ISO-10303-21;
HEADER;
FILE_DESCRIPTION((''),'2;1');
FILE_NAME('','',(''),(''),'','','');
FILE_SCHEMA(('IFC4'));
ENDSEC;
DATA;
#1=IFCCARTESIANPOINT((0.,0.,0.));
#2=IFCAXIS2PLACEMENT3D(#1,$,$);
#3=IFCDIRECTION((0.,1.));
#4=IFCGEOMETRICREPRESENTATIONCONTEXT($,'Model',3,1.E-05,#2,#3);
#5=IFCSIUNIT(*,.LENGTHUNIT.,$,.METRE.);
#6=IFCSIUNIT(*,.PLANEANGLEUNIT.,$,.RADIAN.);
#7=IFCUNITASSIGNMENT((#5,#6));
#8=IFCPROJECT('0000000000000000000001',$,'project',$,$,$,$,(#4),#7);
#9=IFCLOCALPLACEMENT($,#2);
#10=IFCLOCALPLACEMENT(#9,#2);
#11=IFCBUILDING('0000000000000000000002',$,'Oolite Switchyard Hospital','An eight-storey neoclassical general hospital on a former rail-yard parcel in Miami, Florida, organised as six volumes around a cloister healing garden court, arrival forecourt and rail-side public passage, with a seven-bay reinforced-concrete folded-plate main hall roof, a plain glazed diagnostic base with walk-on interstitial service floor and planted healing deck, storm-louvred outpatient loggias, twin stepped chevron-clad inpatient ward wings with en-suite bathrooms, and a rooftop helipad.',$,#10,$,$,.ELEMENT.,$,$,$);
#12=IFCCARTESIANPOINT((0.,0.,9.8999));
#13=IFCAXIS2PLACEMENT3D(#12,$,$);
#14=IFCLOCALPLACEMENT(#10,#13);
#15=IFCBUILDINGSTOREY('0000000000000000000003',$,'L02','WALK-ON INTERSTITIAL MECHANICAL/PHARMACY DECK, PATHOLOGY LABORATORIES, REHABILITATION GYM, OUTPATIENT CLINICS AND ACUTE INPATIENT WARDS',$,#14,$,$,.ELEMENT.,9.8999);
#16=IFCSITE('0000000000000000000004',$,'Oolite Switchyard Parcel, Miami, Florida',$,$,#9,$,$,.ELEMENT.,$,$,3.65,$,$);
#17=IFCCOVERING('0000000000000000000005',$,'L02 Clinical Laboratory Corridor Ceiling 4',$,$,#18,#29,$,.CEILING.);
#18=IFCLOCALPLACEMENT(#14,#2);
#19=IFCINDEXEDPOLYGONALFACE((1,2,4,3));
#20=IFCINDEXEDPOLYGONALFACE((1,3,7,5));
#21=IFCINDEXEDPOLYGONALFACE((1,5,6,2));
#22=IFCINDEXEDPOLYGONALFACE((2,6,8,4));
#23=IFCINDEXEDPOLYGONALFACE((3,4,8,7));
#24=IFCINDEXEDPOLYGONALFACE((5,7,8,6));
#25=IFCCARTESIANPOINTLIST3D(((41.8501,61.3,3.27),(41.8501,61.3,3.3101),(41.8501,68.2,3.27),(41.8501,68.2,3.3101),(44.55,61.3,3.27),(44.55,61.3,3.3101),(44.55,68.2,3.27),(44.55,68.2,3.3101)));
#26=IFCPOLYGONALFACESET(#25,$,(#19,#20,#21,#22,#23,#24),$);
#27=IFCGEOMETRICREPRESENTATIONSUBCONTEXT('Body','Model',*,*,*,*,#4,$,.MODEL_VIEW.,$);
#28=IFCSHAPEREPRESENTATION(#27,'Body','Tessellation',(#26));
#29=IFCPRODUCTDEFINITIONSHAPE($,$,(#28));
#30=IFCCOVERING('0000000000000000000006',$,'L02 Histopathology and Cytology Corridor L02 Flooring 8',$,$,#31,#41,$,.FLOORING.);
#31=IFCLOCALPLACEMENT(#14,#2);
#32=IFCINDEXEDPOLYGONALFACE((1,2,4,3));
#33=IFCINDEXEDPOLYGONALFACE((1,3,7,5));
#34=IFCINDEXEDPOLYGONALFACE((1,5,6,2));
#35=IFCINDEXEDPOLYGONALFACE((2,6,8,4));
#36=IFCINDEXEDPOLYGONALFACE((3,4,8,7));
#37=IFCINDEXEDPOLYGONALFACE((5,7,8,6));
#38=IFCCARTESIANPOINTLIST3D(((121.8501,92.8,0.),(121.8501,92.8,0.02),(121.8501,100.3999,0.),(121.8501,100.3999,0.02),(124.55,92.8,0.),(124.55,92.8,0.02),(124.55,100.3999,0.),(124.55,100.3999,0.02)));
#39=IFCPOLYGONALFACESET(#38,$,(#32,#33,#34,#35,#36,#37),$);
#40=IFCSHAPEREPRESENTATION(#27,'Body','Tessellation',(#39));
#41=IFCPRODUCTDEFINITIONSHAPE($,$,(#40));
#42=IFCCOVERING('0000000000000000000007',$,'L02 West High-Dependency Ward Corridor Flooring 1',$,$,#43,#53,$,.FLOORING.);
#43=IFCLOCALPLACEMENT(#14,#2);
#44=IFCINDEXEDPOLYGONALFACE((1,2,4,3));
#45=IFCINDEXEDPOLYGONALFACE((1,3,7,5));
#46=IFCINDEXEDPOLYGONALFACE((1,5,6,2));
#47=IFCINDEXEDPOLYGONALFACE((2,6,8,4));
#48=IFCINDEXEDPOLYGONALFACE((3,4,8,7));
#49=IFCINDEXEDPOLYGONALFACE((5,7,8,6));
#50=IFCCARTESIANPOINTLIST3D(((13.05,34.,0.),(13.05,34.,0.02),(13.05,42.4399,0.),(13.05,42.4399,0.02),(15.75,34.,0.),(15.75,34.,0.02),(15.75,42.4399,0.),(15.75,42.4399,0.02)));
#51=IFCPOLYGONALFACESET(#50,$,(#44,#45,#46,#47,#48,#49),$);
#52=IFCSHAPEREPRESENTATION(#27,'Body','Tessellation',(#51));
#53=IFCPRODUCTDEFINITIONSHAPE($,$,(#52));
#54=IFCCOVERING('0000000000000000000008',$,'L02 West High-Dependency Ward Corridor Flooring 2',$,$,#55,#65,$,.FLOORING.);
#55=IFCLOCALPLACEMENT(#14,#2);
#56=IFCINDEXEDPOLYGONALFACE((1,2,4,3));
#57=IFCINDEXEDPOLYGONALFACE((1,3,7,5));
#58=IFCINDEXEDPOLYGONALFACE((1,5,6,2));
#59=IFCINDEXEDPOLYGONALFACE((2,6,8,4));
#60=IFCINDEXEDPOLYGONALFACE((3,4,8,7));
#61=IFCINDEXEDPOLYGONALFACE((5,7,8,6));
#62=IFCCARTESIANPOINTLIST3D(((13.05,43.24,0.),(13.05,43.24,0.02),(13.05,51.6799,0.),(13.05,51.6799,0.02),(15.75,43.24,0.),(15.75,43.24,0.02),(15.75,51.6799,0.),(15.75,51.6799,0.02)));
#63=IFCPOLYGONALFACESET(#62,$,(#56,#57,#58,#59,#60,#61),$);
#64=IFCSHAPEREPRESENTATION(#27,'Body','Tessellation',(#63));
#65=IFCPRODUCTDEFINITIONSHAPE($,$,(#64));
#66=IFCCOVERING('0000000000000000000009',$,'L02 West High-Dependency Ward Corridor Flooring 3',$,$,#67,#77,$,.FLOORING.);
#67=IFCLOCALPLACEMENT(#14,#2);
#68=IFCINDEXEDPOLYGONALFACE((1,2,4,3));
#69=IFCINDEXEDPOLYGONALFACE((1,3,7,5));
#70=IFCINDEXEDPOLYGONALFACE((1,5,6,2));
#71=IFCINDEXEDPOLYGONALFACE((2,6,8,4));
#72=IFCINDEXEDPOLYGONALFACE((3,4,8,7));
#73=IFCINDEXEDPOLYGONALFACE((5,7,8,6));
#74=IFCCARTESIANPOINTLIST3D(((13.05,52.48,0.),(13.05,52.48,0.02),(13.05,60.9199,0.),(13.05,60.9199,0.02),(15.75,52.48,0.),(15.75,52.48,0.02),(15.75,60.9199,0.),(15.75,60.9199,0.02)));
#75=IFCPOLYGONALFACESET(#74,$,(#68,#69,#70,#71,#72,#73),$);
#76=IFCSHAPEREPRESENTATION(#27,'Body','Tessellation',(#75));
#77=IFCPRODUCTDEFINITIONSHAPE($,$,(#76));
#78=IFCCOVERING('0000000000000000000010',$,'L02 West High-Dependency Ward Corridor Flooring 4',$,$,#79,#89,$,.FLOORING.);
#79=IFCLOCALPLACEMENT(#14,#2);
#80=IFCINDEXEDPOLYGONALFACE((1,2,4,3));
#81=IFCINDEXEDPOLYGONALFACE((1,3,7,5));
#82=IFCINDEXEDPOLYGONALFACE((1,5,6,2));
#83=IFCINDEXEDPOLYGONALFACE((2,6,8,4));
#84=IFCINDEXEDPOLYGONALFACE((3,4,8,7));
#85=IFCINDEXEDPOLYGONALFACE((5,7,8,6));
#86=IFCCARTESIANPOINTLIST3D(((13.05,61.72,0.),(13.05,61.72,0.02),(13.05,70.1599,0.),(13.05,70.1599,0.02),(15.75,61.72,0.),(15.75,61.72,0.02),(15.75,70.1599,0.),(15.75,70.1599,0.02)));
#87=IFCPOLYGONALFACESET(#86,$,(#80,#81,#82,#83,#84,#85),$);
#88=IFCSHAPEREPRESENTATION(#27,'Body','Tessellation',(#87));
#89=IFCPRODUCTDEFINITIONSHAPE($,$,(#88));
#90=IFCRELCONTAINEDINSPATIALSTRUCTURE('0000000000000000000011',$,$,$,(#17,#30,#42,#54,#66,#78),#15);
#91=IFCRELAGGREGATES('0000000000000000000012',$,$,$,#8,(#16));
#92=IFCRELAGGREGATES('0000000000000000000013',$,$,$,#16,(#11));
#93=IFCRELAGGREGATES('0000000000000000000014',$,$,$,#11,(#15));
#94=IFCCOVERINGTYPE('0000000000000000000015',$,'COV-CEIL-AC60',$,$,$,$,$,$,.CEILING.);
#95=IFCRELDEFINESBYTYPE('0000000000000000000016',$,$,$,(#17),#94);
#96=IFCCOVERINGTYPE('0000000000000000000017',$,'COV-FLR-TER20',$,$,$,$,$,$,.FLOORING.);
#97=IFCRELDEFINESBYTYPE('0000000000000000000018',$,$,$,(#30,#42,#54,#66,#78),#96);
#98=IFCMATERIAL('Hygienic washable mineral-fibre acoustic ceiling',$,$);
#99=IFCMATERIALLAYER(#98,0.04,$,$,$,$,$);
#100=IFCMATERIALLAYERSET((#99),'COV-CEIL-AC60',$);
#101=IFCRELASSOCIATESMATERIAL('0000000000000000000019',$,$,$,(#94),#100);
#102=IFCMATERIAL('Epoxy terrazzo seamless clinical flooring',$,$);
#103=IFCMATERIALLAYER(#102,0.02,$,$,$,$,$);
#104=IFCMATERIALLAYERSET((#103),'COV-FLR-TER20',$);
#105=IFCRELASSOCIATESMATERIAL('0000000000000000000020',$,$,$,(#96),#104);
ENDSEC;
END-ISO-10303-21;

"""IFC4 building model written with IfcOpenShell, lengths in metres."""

from ifc_helpers import new_model, si_unit, direction, frame, origin, place, context, subcontext, project, spatial, polyline, outline, extrude, material, layer, layer_set, type_object, element, save


model = new_model("IFC4")

# Units and contexts
model_context = context("Model", 3, precision=1e-05, world=origin(), true_north=direction((0.0, 1.0)))
body_context = subcontext(model_context, "Body", "Model", "MODEL_VIEW")
ifc_project = project(units=[si_unit("LENGTHUNIT", "METRE"), si_unit("PLANEANGLEUNIT", "RADIAN")], contexts=[model_context])

# Site, building, storey
site_placement = place(None, origin())
site = spatial("IfcSite", under=ifc_project, at=site_placement, Name="Oolite Switchyard Parcel, Miami, Florida", CompositionType="ELEMENT", RefElevation=3.65)
building_placement = place(site_placement, origin())
building = spatial("IfcBuilding", under=site, at=building_placement, Name="Oolite Switchyard Hospital", Description="An eight-storey neoclassical general hospital on a former rail-yard parcel in Miami, Florida, organised as six volumes around a cloister healing garden court, arrival forecourt and rail-side public passage, with a seven-bay reinforced-concrete folded-plate main hall roof, a plain glazed diagnostic base with walk-on interstitial service floor and planted healing deck, storm-louvred outpatient loggias, twin stepped chevron-clad inpatient ward wings with en-suite bathrooms, and a rooftop helipad.", CompositionType="ELEMENT")
storey_placement = place(building_placement, frame((0.0, 0.0, 9.8999)))
storey = spatial("IfcBuildingStorey", under=building, at=storey_placement, Name="L02", Description="WALK-ON INTERSTITIAL MECHANICAL/PHARMACY DECK, PATHOLOGY LABORATORIES, REHABILITATION GYM, OUTPATIENT CLINICS AND ACUTE INPATIENT WARDS", CompositionType="ELEMENT", Elevation=9.8999)

# Coverings
ifc_material_1 = material(Name="Hygienic washable mineral-fibre acoustic ceiling")
ifc_layer_1 = layer(ifc_material_1, 0.04)
ifc_layer_set_1 = layer_set([ifc_layer_1], Name="COV-CEIL-AC60")
covering_type_1 = type_object("IfcCoveringType", Name="COV-CEIL-AC60", PredefinedType="CEILING", material=ifc_layer_set_1)
covering_1_placement = place(storey_placement, frame((0.0, 0.0, 3.27)))
element("IfcCovering", 1, at=covering_1_placement, inside=storey, type_object=covering_type_1, Name="L02 Clinical Laboratory Corridor Ceiling 4", PredefinedType="CEILING", context=body_context, shape_type="SweptSolid", body=[
    extrude(outline(polyline([(41.8501, 61.3), (44.55, 61.3), (44.55, 68.2), (41.8501, 68.2), (41.8501, 61.3)])), origin(), (0.0, 0.0, 1.0), 0.04),
])
ifc_material_2 = material(Name="Epoxy terrazzo seamless clinical flooring")
ifc_layer_2 = layer(ifc_material_2, 0.02)
ifc_layer_set_2 = layer_set([ifc_layer_2], Name="COV-FLR-TER20")
covering_type_2 = type_object("IfcCoveringType", Name="COV-FLR-TER20", PredefinedType="FLOORING", material=ifc_layer_set_2)
covering_2_placement = place(storey_placement, origin())
element("IfcCovering", 2, at=covering_2_placement, inside=storey, type_object=covering_type_2, Name="L02 Histopathology and Cytology Corridor L02 Flooring 8", PredefinedType="FLOORING", context=body_context, shape_type="SweptSolid", body=[
    extrude(outline(polyline([(121.8501, 92.8), (124.55, 92.8), (124.55, 100.3999), (121.8501, 100.3999), (121.8501, 92.8)])), origin(), (0.0, 0.0, 1.0), 0.02),
])
covering_3_placement = place(storey_placement, origin())
element("IfcCovering", 3, at=covering_3_placement, inside=storey, type_object=covering_type_2, Name="L02 West High-Dependency Ward Corridor Flooring 1", PredefinedType="FLOORING", context=body_context, shape_type="SweptSolid", body=[
    extrude(outline(polyline([(13.05, 34.0), (15.75, 34.0), (15.75, 42.4399), (13.05, 42.4399), (13.05, 34.0)])), origin(), (0.0, 0.0, 1.0), 0.02),
])
covering_4_placement = place(storey_placement, origin())
element("IfcCovering", 4, at=covering_4_placement, inside=storey, type_object=covering_type_2, Name="L02 West High-Dependency Ward Corridor Flooring 2", PredefinedType="FLOORING", context=body_context, shape_type="SweptSolid", body=[
    extrude(outline(polyline([(13.05, 43.24), (15.75, 43.24), (15.75, 51.6799), (13.05, 51.6799), (13.05, 43.24)])), origin(), (0.0, 0.0, 1.0), 0.02),
])
covering_5_placement = place(storey_placement, origin())
element("IfcCovering", 5, at=covering_5_placement, inside=storey, type_object=covering_type_2, Name="L02 West High-Dependency Ward Corridor Flooring 3", PredefinedType="FLOORING", context=body_context, shape_type="SweptSolid", body=[
    extrude(outline(polyline([(13.05, 52.48), (15.75, 52.48), (15.75, 60.9199), (13.05, 60.9199), (13.05, 52.48)])), origin(), (0.0, 0.0, 1.0), 0.02),
])
covering_6_placement = place(storey_placement, origin())
element("IfcCovering", 6, at=covering_6_placement, inside=storey, type_object=covering_type_2, Name="L02 West High-Dependency Ward Corridor Flooring 4", PredefinedType="FLOORING", context=body_context, shape_type="SweptSolid", body=[
    extrude(outline(polyline([(13.05, 61.72), (15.75, 61.72), (15.75, 70.1599), (13.05, 70.1599), (13.05, 61.72)])), origin(), (0.0, 0.0, 1.0), 0.02),
])

save(model, "model.ifc")
